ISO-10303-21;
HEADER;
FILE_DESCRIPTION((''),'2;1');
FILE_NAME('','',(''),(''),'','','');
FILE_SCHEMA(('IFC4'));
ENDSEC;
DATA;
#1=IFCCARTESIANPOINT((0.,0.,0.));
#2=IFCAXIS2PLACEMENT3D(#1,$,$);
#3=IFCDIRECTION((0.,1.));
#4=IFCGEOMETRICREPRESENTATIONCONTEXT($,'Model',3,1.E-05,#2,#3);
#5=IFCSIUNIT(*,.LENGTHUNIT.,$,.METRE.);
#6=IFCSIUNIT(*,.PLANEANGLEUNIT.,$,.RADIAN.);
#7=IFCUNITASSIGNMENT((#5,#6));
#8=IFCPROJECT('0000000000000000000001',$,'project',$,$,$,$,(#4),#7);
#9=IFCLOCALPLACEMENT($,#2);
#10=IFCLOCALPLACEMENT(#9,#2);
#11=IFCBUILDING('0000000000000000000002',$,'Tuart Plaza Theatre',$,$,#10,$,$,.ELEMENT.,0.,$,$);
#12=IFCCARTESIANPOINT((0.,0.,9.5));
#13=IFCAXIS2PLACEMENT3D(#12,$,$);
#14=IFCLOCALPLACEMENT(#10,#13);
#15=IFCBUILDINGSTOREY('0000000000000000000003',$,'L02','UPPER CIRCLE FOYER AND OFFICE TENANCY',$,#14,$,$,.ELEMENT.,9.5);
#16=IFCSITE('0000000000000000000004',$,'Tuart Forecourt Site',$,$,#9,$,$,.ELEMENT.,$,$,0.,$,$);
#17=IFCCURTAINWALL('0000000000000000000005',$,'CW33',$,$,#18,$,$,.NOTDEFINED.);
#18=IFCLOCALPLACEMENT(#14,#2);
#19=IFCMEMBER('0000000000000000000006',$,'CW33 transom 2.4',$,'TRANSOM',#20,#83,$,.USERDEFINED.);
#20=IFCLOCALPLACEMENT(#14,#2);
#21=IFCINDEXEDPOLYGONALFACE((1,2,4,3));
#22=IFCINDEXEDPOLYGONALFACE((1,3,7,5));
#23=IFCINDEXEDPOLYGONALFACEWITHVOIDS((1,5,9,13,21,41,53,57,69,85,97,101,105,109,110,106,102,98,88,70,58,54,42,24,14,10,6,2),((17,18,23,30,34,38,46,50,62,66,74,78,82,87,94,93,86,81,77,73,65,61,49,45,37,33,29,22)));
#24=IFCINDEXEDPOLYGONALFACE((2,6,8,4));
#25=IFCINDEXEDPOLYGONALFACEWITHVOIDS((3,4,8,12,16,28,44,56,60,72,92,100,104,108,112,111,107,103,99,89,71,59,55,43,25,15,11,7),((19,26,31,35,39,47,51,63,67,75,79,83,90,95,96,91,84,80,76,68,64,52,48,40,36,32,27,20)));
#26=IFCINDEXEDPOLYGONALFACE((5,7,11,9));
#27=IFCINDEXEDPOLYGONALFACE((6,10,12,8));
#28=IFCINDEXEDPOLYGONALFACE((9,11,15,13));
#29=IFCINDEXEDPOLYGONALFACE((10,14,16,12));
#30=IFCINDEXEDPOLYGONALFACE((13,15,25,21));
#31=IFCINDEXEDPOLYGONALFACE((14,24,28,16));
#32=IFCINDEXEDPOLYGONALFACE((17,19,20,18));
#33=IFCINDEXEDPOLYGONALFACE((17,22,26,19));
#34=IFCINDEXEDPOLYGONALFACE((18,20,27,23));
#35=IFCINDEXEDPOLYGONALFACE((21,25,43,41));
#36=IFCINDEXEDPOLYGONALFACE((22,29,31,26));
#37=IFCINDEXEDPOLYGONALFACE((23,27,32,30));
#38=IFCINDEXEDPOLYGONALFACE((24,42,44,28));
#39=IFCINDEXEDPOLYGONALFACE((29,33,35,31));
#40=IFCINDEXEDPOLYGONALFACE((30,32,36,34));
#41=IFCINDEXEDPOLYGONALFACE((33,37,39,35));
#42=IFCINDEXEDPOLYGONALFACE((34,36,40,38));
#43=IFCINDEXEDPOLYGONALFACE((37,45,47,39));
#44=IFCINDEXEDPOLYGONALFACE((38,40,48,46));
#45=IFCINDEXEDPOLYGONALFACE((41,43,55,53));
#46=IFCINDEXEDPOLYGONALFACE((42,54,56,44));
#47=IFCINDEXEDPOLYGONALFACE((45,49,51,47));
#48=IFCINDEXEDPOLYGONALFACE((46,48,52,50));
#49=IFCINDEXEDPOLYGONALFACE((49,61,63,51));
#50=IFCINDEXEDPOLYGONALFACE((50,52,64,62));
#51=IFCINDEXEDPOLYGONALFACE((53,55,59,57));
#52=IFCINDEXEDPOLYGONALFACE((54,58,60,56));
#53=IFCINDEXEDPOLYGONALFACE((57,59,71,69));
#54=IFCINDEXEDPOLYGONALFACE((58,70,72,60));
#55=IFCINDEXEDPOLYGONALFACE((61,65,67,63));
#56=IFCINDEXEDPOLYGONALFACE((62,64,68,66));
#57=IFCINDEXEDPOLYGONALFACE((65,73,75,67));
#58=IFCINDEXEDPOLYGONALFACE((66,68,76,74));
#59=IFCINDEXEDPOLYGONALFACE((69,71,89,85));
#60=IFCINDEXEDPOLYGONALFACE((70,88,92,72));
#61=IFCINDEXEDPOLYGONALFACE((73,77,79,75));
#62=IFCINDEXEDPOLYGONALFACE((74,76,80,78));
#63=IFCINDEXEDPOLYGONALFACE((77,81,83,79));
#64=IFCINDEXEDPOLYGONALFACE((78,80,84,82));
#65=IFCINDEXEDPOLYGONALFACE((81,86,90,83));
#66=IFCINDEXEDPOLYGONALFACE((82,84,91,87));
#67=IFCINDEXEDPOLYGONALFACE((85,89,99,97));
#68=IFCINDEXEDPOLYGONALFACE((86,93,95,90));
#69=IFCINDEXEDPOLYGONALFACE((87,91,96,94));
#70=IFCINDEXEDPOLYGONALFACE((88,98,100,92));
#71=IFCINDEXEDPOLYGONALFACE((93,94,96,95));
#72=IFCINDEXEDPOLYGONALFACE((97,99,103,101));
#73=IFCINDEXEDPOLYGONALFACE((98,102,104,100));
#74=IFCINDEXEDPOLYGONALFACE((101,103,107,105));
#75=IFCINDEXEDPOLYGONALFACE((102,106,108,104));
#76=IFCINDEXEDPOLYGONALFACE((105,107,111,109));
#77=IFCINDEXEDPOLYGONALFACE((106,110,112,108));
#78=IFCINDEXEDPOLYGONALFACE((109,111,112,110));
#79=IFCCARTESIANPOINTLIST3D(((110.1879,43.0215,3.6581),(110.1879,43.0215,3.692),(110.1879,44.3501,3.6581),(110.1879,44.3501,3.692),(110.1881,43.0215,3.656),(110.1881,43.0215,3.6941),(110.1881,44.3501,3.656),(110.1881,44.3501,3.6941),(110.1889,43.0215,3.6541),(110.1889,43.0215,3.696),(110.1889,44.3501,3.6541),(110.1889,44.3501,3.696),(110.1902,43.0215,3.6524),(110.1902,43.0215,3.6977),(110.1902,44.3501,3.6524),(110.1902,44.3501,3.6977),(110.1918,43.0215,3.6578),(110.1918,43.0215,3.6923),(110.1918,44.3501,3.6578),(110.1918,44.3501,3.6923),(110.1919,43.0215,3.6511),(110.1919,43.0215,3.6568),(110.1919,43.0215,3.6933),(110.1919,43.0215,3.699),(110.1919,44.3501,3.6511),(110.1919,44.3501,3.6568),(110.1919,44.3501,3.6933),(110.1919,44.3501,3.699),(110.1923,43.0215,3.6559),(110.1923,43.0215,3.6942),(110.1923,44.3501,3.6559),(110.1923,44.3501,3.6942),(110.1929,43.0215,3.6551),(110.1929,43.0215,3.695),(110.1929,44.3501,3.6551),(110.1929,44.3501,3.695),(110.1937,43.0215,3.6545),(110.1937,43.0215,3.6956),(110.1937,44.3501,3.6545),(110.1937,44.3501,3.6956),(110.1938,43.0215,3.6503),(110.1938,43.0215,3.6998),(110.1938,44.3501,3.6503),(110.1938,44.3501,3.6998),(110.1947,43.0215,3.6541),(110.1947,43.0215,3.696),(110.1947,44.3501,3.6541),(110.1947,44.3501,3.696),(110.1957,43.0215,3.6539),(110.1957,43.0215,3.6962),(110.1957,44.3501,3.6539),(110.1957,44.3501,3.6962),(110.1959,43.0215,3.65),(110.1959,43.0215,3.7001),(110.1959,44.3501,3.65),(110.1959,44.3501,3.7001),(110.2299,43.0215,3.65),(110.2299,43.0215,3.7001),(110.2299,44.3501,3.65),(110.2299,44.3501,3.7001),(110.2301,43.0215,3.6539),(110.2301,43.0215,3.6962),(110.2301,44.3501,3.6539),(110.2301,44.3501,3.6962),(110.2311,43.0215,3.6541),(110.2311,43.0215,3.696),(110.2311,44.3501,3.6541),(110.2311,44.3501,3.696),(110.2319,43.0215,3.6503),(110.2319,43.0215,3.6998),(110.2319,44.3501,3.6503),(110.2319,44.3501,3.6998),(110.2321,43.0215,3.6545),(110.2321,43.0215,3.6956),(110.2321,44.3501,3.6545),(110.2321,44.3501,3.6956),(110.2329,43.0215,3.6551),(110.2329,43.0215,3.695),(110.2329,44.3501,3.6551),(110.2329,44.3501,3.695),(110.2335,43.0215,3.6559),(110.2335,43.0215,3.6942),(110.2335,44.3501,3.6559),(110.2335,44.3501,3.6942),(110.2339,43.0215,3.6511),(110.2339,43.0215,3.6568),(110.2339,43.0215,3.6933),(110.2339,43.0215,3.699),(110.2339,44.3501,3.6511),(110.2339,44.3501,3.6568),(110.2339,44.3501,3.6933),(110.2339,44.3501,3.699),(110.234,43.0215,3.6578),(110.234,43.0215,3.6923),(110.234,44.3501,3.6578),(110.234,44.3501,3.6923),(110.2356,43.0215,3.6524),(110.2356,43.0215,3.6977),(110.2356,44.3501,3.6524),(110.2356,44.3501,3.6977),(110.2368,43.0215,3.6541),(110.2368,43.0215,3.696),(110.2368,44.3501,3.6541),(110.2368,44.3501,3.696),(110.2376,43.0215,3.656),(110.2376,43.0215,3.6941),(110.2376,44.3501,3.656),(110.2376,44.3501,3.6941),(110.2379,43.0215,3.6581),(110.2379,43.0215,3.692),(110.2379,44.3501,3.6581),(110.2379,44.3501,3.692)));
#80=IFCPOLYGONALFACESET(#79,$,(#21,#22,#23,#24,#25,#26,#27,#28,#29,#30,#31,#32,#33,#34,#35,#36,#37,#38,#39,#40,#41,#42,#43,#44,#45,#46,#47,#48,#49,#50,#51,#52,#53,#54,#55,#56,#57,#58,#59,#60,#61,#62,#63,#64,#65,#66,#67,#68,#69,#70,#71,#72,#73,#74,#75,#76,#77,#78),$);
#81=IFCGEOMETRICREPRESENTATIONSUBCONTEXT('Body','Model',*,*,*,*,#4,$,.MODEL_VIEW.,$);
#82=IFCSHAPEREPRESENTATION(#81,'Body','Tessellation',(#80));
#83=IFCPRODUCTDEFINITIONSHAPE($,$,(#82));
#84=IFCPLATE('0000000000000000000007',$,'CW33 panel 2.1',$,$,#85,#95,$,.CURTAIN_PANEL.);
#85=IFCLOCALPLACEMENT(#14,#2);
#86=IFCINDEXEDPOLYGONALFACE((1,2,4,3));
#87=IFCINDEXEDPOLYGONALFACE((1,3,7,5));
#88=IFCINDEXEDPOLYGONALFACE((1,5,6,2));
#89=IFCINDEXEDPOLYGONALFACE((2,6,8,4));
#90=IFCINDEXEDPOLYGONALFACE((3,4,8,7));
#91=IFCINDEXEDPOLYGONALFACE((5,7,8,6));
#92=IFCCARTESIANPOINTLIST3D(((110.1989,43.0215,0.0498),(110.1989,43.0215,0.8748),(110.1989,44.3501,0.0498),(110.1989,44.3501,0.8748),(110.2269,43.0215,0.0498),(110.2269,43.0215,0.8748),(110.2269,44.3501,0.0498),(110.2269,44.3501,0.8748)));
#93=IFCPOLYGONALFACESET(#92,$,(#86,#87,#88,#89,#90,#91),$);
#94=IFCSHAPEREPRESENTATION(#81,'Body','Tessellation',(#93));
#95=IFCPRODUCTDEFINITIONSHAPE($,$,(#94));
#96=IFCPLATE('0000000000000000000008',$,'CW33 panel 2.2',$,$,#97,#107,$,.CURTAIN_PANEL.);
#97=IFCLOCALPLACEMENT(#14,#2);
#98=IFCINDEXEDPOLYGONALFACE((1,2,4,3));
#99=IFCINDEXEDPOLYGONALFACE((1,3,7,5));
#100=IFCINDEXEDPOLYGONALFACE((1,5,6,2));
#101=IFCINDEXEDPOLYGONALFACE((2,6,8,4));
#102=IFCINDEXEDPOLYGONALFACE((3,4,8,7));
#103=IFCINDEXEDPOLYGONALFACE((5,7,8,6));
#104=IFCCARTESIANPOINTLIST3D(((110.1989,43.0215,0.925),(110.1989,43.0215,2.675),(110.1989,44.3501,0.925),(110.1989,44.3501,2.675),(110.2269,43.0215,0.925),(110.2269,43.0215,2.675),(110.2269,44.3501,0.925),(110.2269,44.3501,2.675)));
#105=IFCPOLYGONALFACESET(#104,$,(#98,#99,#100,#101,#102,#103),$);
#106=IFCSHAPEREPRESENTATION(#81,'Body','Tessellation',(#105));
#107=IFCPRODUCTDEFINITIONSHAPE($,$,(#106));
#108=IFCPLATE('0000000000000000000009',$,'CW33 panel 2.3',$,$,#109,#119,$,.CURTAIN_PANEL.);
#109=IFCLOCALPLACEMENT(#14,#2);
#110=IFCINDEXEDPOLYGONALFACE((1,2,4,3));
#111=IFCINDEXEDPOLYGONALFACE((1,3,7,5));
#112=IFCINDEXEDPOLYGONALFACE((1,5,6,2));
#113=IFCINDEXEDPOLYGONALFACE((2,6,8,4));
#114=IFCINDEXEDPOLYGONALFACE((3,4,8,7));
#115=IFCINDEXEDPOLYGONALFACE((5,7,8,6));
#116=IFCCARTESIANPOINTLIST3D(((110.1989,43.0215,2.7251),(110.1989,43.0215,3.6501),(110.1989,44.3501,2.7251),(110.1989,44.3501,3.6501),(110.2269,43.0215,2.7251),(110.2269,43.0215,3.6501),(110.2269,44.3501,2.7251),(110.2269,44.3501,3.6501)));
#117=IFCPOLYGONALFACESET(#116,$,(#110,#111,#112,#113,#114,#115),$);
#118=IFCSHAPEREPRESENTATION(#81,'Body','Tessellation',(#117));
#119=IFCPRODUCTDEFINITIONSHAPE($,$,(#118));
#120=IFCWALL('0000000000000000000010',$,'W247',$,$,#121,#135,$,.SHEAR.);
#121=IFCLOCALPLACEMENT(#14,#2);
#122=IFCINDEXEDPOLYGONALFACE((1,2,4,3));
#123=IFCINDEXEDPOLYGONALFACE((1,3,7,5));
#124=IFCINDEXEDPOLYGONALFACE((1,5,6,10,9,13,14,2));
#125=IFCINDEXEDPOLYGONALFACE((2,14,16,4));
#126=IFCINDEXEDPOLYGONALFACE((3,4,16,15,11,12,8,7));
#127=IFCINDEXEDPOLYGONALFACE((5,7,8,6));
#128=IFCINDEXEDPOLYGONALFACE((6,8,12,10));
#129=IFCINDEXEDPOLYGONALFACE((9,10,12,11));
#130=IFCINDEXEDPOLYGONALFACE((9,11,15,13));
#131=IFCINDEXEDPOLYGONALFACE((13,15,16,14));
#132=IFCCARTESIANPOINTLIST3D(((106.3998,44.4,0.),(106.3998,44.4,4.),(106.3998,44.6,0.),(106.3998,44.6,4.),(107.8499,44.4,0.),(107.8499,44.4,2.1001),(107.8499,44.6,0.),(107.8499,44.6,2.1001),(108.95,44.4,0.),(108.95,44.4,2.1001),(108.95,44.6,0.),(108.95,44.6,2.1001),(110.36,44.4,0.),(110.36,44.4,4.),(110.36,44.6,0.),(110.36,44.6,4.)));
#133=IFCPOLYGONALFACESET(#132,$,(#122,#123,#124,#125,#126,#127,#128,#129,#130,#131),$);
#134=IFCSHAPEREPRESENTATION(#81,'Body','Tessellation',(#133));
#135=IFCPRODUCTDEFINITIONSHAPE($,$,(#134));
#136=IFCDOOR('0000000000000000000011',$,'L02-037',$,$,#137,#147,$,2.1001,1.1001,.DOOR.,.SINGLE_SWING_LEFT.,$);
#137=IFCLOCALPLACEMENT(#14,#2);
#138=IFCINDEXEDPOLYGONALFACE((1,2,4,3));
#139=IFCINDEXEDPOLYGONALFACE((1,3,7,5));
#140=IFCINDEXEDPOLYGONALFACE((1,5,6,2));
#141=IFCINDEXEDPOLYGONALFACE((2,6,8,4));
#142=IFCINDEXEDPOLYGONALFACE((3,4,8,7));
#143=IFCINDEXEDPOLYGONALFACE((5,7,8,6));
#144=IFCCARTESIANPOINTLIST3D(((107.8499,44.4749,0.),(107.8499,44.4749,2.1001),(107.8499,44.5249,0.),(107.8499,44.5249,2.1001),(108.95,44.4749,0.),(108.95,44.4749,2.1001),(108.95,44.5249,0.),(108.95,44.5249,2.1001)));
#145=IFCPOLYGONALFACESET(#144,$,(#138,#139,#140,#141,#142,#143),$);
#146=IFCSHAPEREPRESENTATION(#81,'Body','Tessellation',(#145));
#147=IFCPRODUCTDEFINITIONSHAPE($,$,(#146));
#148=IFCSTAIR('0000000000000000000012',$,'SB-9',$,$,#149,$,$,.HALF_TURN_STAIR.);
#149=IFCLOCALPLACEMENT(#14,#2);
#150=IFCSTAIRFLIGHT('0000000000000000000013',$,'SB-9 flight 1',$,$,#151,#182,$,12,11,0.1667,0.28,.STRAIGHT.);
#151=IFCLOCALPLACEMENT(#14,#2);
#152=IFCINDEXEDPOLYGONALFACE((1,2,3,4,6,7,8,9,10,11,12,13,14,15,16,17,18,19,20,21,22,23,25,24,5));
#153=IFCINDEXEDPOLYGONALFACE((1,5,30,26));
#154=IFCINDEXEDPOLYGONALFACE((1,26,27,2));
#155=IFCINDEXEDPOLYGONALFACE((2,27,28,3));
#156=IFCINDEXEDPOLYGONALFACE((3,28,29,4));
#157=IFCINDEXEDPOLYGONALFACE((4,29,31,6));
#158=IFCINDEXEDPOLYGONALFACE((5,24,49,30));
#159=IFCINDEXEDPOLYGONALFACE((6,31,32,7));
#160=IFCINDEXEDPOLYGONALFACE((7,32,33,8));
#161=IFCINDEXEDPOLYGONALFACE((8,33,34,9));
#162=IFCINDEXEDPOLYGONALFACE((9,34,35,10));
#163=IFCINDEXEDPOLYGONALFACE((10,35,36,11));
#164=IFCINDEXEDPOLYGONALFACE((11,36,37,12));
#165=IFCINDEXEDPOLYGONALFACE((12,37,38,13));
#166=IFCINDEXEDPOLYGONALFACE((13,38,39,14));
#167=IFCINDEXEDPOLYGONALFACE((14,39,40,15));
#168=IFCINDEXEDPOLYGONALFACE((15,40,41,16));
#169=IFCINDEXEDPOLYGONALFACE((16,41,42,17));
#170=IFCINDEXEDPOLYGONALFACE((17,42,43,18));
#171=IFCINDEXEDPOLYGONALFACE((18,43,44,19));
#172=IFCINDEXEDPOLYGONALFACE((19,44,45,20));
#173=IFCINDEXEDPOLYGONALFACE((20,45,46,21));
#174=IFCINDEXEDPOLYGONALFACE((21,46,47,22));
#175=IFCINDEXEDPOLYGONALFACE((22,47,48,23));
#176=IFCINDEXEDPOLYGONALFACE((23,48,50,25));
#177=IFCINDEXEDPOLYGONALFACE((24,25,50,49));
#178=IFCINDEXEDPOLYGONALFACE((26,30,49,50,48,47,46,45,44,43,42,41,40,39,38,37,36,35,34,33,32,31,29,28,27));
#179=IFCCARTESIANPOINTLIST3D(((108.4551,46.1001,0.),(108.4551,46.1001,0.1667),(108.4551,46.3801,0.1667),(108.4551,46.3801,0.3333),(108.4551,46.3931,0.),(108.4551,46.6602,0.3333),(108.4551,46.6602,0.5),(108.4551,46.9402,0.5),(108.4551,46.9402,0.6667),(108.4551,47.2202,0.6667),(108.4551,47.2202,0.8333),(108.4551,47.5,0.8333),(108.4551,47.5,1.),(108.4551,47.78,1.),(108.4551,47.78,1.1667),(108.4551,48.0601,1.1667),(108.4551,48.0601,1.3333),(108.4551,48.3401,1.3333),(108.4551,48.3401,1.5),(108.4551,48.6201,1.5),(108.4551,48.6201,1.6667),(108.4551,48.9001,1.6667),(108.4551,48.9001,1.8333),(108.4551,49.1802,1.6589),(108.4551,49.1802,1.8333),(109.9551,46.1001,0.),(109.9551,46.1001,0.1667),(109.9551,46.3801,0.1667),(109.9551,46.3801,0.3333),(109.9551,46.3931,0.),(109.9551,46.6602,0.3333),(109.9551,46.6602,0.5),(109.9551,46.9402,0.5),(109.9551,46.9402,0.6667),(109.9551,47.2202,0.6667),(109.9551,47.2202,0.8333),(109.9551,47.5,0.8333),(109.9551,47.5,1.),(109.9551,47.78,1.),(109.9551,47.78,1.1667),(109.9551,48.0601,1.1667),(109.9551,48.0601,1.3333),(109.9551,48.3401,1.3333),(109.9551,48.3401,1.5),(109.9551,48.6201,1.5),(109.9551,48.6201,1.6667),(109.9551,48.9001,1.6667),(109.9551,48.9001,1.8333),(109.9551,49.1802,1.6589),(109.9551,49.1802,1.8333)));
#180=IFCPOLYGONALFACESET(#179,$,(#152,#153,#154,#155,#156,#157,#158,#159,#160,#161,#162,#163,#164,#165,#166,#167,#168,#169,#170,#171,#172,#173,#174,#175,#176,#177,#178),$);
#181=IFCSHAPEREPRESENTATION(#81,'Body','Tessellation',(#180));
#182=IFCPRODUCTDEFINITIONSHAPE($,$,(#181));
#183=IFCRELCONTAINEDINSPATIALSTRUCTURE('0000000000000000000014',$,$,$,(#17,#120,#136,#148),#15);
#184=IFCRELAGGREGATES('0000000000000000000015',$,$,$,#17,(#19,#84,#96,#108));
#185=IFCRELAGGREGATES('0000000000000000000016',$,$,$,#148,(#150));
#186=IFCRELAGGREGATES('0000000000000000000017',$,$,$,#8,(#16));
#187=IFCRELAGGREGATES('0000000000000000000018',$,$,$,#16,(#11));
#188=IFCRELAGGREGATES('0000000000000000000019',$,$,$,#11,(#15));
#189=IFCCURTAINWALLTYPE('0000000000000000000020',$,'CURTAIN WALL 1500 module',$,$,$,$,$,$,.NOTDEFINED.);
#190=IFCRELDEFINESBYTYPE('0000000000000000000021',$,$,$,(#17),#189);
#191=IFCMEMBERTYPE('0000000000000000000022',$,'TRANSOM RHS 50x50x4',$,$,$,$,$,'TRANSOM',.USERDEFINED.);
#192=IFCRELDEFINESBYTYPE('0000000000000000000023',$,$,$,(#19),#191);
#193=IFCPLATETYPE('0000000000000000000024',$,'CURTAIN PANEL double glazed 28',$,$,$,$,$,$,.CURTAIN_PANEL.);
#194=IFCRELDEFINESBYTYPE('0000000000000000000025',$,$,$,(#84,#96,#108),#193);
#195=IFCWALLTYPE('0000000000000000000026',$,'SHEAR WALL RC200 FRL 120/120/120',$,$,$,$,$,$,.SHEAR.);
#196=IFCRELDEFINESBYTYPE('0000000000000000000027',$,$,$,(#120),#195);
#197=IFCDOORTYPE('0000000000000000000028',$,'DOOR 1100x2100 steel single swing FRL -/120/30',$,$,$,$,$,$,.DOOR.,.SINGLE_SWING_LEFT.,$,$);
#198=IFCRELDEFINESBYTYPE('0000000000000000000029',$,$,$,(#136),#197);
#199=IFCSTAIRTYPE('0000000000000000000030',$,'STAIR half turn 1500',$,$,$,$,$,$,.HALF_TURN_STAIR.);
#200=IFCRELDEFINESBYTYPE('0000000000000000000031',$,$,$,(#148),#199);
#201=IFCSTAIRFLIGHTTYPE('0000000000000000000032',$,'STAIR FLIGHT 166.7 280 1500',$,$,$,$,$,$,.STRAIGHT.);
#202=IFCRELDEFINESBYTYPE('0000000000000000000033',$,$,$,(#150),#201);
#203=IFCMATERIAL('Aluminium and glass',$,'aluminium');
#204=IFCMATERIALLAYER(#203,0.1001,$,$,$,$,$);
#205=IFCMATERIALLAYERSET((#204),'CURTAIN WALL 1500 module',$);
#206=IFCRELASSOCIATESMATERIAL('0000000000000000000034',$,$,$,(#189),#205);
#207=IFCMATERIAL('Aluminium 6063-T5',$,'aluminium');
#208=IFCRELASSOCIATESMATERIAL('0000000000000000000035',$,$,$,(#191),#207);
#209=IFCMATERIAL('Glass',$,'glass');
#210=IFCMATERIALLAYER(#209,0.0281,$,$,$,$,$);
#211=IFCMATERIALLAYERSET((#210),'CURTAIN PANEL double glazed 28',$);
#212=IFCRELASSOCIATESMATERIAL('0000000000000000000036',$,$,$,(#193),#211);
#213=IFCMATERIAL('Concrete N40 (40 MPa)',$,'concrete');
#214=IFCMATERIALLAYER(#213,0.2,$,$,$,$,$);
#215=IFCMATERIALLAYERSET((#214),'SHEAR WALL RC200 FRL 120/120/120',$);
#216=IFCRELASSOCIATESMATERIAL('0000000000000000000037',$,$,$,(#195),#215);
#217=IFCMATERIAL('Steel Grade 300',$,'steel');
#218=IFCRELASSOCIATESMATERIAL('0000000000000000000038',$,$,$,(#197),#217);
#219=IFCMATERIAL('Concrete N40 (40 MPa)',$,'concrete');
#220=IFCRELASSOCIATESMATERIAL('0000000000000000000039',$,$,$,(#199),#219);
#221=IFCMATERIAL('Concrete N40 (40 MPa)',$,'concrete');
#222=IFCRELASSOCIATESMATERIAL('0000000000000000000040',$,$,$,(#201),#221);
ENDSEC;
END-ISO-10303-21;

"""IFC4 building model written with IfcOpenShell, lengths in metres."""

from ifc_helpers import new_model, si_unit, direction, frame, frame_2d, origin, origin_2d, place, context, subcontext, project, spatial, polyline, rectangle, hollow_rectangle, outline, extrude, material, layer, layer_set, material_profile, profile_set, type_object, element, fill, aggregate, save


model = new_model("IFC4")

# Units and contexts
model_context = context("Model", 3, precision=1e-05, world=origin(), true_north=direction((0.0, 1.0)))
body_context = subcontext(model_context, "Body", "Model", "MODEL_VIEW")
ifc_project = project(units=[si_unit("LENGTHUNIT", "METRE"), si_unit("PLANEANGLEUNIT", "RADIAN")], contexts=[model_context])

# Site, building, storey
site_placement = place(None, origin())
site = spatial("IfcSite", under=ifc_project, at=site_placement, Name="Tuart Forecourt Site", CompositionType="ELEMENT", RefElevation=0.0)
building_placement = place(site_placement, origin())
building = spatial("IfcBuilding", under=site, at=building_placement, Name="Tuart Plaza Theatre", CompositionType="ELEMENT", ElevationOfRefHeight=0.0)
storey_placement = place(building_placement, frame((0.0, 0.0, 9.5)))
storey = spatial("IfcBuildingStorey", under=building, at=storey_placement, Name="L02", Description="UPPER CIRCLE FOYER AND OFFICE TENANCY", CompositionType="ELEMENT", Elevation=9.5)

# Shared definitions
ifc_material_1 = material(Name="Aluminium and glass", Category="aluminium")
ifc_layer_1 = layer(ifc_material_1, 0.1001)
ifc_layer_set_1 = layer_set([ifc_layer_1], Name="CURTAIN WALL 1500 module")
curtain_wall_type = type_object("IfcCurtainWallType", Name="CURTAIN WALL 1500 module", PredefinedType="NOTDEFINED", material=ifc_layer_set_1)

# Curtain wall
curtain_wall_1_placement = place(storey_placement, origin())
curtain_wall_1 = element("IfcCurtainWall", 1, at=curtain_wall_1_placement, inside=storey, type_object=curtain_wall_type, Name="CW33", PredefinedType="NOTDEFINED")

# Member
ifc_material_2 = material(Name="Aluminium 6063-T5", Category="aluminium")
ifc_material_profile_1 = material_profile(ifc_material_2, hollow_rectangle(XDim=0.05, YDim=0.05, WallThickness=0.0039, InnerFilletRadius=0.0039, OuterFilletRadius=0.0081, at=origin_2d()), Name="RHS 50x50x4")
ifc_profile_set_1 = profile_set([ifc_material_profile_1], Name="Aluminium 6063-T5")
member_type_1 = type_object("IfcMemberType", Name="TRANSOM RHS 50x50x4", ElementType="TRANSOM", PredefinedType="USERDEFINED", material=ifc_profile_set_1)
member_1_placement = place(storey_placement, frame((110.2129, 43.0215, 3.675), z_axis=(0.0, 1.0, 0.0), x_axis=(-1.0, 0.0, 0.0)))
member_1 = element("IfcMember", 2, at=member_1_placement, type_object=member_type_1, Name="CW33 transom 2.4", ObjectType="TRANSOM", PredefinedType="USERDEFINED", context=body_context, shape_type="SweptSolid", body=[
    extrude(hollow_rectangle(XDim=0.05, YDim=0.05, WallThickness=0.0039, InnerFilletRadius=0.0039, OuterFilletRadius=0.0081, at=origin_2d()), origin(), (0.0, 0.0, 1.0), 1.3286),
])

# Plates
ifc_material_3 = material(Name="Glass", Category="glass")
ifc_layer_2 = layer(ifc_material_3, 0.0281)
ifc_layer_set_2 = layer_set([ifc_layer_2], Name="CURTAIN PANEL double glazed 28")
plate_type = type_object("IfcPlateType", Name="CURTAIN PANEL double glazed 28", PredefinedType="CURTAIN_PANEL", material=ifc_layer_set_2)
plate_1_placement = place(storey_placement, frame((110.2129, 43.6858, 0.0498), z_axis=(0.0, 0.0, 1.0), x_axis=(0.0, 1.0, 0.0)))
plate_1 = element("IfcPlate", 3, at=plate_1_placement, type_object=plate_type, Name="CW33 panel 2.1", PredefinedType="CURTAIN_PANEL", context=body_context, shape_type="SweptSolid", body=[
    extrude(rectangle(XDim=1.3286, YDim=0.0281, at=origin_2d()), origin(), (0.0, 0.0, 1.0), 0.825),
])
plate_2_placement = place(storey_placement, frame((110.2129, 43.6858, 0.925), z_axis=(0.0, 0.0, 1.0), x_axis=(0.0, 1.0, 0.0)))
plate_2 = element("IfcPlate", 4, at=plate_2_placement, type_object=plate_type, Name="CW33 panel 2.2", PredefinedType="CURTAIN_PANEL", context=body_context, shape_type="SweptSolid", body=[
    extrude(rectangle(XDim=1.3286, YDim=0.0281, at=origin_2d()), origin(), (0.0, 0.0, 1.0), 1.75),
])
plate_3_placement = place(storey_placement, frame((110.2129, 43.6858, 2.7251), z_axis=(0.0, 0.0, 1.0), x_axis=(0.0, 1.0, 0.0)))
plate_3 = element("IfcPlate", 5, at=plate_3_placement, type_object=plate_type, Name="CW33 panel 2.3", PredefinedType="CURTAIN_PANEL", context=body_context, shape_type="SweptSolid", body=[
    extrude(rectangle(XDim=1.3286, YDim=0.0281, at=origin_2d()), origin(), (0.0, 0.0, 1.0), 0.925),
])
aggregate(curtain_wall_1, [member_1, plate_1, plate_2, plate_3])

# Wall, opening, door
ifc_material_4 = material(Name="Concrete N40 (40 MPa)", Category="concrete")
ifc_layer_3 = layer(ifc_material_4, 0.2)
ifc_layer_set_3 = layer_set([ifc_layer_3], Name="SHEAR WALL RC200 FRL 120/120/120")
wall_type = type_object("IfcWallType", Name="SHEAR WALL RC200 FRL 120/120/120", PredefinedType="SHEAR", material=ifc_layer_set_3)
wall_placement = place(storey_placement, frame((106.3999, 44.5, 0.0), z_axis=(0.0, 0.0, 1.0), x_axis=(1.0, 0.0, 0.0)))
wall = element("IfcWall", 6, at=wall_placement, inside=storey, type_object=wall_type, Name="W247", PredefinedType="SHEAR", context=body_context, shape_type="SweptSolid", body=[
    extrude(rectangle(XDim=3.9602, YDim=0.2, at=frame_2d((1.98, 0.0))), origin(), (0.0, 0.0, 1.0), 4.0),
])
opening_placement = place(wall_placement, frame((1.45, 0.0, 0.0)))
opening = element("IfcOpeningElement", 7, at=opening_placement, cuts=wall, PredefinedType="OPENING", context=body_context, shape_type="SweptSolid", body=[
    extrude(rectangle(XDim=1.1001, YDim=2.1001, at=frame_2d((0.55, 1.05))), frame((0.0, 0.1099, 0.0), z_axis=(0.0, -1.0, 0.0), x_axis=(1.0, 0.0, 0.0)), (0.0, 0.0, 1.0), 0.22),
])
ifc_material_5 = material(Name="Steel Grade 300", Category="steel")
door_type = type_object("IfcDoorType", Name="DOOR 1100x2100 steel single swing FRL -/120/30", OperationType="SINGLE_SWING_LEFT", PredefinedType="DOOR", material=ifc_material_5)
door_placement = place(opening_placement, origin())
door = element("IfcDoor", 8, at=door_placement, inside=storey, type_object=door_type, Name="L02-037", OperationType="SINGLE_SWING_LEFT", OverallHeight=2.1001, OverallWidth=1.1001, PredefinedType="DOOR", context=body_context, shape_type="SweptSolid", body=[
    extrude(rectangle(XDim=1.1001, YDim=2.1001, at=frame_2d((0.55, 1.05))), frame((0.0, 0.0249, 0.0), z_axis=(0.0, -1.0, 0.0), x_axis=(1.0, 0.0, 0.0)), (0.0, 0.0, 1.0), 0.05),
])
fill(opening, door)

# Stair, stair flight
ifc_material_6 = material(Name="Concrete N40 (40 MPa)", Category="concrete")
stair_type = type_object("IfcStairType", Name="STAIR half turn 1500", PredefinedType="HALF_TURN_STAIR", material=ifc_material_6)
stair_placement = place(storey_placement, origin())
stair = element("IfcStair", 9, at=stair_placement, inside=storey, type_object=stair_type, Name="SB-9", PredefinedType="HALF_TURN_STAIR")
ifc_material_7 = material(Name="Concrete N40 (40 MPa)", Category="concrete")
stair_flight_type = type_object("IfcStairFlightType", Name="STAIR FLIGHT 166.7 280 1500", PredefinedType="STRAIGHT", material=ifc_material_7)
stair_flight_placement = place(storey_placement, frame((109.2051, 46.1001, 0.0), z_axis=(0.0, 0.0, 1.0), x_axis=(0.0, 1.0, 0.0)))
stair_flight = element("IfcStairFlight", 10, at=stair_flight_placement, type_object=stair_flight_type, Name="SB-9 flight 1", NumberOfRisers=12, NumberOfTreads=11, PredefinedType="STRAIGHT", RiserHeight=0.1667, TreadLength=0.28, context=body_context, shape_type="SweptSolid", body=[
    extrude(outline(polyline([(0.0, 0.0), (0.0, 0.1667), (0.28, 0.1667), (0.28, 0.3333), (0.5601, 0.3333), (0.5601, 0.5), (0.8401, 0.5), (0.8401, 0.6667), (1.1201, 0.6667), (1.1201, 0.8333), (1.3999, 0.8333), (1.3999, 1.0), (1.6799, 1.0), (1.6799, 1.1667), (1.96, 1.1667), (1.96, 1.3333), (2.24, 1.3333), (2.24, 1.5), (2.52, 1.5), (2.52, 1.6667), (2.8, 1.6667), (2.8, 1.8333), (3.0801, 1.8333), (3.0801, 2.0), (3.0801, 1.6589), (0.293, 0.0), (0.0, 0.0)])), frame((0.0, 0.75, 0.0), z_axis=(0.0, -1.0, 0.0), x_axis=(1.0, 0.0, 0.0)), (0.0, 0.0, 1.0), 1.5),
])
aggregate(stair, [stair_flight])

save(model, "model.ifc")
